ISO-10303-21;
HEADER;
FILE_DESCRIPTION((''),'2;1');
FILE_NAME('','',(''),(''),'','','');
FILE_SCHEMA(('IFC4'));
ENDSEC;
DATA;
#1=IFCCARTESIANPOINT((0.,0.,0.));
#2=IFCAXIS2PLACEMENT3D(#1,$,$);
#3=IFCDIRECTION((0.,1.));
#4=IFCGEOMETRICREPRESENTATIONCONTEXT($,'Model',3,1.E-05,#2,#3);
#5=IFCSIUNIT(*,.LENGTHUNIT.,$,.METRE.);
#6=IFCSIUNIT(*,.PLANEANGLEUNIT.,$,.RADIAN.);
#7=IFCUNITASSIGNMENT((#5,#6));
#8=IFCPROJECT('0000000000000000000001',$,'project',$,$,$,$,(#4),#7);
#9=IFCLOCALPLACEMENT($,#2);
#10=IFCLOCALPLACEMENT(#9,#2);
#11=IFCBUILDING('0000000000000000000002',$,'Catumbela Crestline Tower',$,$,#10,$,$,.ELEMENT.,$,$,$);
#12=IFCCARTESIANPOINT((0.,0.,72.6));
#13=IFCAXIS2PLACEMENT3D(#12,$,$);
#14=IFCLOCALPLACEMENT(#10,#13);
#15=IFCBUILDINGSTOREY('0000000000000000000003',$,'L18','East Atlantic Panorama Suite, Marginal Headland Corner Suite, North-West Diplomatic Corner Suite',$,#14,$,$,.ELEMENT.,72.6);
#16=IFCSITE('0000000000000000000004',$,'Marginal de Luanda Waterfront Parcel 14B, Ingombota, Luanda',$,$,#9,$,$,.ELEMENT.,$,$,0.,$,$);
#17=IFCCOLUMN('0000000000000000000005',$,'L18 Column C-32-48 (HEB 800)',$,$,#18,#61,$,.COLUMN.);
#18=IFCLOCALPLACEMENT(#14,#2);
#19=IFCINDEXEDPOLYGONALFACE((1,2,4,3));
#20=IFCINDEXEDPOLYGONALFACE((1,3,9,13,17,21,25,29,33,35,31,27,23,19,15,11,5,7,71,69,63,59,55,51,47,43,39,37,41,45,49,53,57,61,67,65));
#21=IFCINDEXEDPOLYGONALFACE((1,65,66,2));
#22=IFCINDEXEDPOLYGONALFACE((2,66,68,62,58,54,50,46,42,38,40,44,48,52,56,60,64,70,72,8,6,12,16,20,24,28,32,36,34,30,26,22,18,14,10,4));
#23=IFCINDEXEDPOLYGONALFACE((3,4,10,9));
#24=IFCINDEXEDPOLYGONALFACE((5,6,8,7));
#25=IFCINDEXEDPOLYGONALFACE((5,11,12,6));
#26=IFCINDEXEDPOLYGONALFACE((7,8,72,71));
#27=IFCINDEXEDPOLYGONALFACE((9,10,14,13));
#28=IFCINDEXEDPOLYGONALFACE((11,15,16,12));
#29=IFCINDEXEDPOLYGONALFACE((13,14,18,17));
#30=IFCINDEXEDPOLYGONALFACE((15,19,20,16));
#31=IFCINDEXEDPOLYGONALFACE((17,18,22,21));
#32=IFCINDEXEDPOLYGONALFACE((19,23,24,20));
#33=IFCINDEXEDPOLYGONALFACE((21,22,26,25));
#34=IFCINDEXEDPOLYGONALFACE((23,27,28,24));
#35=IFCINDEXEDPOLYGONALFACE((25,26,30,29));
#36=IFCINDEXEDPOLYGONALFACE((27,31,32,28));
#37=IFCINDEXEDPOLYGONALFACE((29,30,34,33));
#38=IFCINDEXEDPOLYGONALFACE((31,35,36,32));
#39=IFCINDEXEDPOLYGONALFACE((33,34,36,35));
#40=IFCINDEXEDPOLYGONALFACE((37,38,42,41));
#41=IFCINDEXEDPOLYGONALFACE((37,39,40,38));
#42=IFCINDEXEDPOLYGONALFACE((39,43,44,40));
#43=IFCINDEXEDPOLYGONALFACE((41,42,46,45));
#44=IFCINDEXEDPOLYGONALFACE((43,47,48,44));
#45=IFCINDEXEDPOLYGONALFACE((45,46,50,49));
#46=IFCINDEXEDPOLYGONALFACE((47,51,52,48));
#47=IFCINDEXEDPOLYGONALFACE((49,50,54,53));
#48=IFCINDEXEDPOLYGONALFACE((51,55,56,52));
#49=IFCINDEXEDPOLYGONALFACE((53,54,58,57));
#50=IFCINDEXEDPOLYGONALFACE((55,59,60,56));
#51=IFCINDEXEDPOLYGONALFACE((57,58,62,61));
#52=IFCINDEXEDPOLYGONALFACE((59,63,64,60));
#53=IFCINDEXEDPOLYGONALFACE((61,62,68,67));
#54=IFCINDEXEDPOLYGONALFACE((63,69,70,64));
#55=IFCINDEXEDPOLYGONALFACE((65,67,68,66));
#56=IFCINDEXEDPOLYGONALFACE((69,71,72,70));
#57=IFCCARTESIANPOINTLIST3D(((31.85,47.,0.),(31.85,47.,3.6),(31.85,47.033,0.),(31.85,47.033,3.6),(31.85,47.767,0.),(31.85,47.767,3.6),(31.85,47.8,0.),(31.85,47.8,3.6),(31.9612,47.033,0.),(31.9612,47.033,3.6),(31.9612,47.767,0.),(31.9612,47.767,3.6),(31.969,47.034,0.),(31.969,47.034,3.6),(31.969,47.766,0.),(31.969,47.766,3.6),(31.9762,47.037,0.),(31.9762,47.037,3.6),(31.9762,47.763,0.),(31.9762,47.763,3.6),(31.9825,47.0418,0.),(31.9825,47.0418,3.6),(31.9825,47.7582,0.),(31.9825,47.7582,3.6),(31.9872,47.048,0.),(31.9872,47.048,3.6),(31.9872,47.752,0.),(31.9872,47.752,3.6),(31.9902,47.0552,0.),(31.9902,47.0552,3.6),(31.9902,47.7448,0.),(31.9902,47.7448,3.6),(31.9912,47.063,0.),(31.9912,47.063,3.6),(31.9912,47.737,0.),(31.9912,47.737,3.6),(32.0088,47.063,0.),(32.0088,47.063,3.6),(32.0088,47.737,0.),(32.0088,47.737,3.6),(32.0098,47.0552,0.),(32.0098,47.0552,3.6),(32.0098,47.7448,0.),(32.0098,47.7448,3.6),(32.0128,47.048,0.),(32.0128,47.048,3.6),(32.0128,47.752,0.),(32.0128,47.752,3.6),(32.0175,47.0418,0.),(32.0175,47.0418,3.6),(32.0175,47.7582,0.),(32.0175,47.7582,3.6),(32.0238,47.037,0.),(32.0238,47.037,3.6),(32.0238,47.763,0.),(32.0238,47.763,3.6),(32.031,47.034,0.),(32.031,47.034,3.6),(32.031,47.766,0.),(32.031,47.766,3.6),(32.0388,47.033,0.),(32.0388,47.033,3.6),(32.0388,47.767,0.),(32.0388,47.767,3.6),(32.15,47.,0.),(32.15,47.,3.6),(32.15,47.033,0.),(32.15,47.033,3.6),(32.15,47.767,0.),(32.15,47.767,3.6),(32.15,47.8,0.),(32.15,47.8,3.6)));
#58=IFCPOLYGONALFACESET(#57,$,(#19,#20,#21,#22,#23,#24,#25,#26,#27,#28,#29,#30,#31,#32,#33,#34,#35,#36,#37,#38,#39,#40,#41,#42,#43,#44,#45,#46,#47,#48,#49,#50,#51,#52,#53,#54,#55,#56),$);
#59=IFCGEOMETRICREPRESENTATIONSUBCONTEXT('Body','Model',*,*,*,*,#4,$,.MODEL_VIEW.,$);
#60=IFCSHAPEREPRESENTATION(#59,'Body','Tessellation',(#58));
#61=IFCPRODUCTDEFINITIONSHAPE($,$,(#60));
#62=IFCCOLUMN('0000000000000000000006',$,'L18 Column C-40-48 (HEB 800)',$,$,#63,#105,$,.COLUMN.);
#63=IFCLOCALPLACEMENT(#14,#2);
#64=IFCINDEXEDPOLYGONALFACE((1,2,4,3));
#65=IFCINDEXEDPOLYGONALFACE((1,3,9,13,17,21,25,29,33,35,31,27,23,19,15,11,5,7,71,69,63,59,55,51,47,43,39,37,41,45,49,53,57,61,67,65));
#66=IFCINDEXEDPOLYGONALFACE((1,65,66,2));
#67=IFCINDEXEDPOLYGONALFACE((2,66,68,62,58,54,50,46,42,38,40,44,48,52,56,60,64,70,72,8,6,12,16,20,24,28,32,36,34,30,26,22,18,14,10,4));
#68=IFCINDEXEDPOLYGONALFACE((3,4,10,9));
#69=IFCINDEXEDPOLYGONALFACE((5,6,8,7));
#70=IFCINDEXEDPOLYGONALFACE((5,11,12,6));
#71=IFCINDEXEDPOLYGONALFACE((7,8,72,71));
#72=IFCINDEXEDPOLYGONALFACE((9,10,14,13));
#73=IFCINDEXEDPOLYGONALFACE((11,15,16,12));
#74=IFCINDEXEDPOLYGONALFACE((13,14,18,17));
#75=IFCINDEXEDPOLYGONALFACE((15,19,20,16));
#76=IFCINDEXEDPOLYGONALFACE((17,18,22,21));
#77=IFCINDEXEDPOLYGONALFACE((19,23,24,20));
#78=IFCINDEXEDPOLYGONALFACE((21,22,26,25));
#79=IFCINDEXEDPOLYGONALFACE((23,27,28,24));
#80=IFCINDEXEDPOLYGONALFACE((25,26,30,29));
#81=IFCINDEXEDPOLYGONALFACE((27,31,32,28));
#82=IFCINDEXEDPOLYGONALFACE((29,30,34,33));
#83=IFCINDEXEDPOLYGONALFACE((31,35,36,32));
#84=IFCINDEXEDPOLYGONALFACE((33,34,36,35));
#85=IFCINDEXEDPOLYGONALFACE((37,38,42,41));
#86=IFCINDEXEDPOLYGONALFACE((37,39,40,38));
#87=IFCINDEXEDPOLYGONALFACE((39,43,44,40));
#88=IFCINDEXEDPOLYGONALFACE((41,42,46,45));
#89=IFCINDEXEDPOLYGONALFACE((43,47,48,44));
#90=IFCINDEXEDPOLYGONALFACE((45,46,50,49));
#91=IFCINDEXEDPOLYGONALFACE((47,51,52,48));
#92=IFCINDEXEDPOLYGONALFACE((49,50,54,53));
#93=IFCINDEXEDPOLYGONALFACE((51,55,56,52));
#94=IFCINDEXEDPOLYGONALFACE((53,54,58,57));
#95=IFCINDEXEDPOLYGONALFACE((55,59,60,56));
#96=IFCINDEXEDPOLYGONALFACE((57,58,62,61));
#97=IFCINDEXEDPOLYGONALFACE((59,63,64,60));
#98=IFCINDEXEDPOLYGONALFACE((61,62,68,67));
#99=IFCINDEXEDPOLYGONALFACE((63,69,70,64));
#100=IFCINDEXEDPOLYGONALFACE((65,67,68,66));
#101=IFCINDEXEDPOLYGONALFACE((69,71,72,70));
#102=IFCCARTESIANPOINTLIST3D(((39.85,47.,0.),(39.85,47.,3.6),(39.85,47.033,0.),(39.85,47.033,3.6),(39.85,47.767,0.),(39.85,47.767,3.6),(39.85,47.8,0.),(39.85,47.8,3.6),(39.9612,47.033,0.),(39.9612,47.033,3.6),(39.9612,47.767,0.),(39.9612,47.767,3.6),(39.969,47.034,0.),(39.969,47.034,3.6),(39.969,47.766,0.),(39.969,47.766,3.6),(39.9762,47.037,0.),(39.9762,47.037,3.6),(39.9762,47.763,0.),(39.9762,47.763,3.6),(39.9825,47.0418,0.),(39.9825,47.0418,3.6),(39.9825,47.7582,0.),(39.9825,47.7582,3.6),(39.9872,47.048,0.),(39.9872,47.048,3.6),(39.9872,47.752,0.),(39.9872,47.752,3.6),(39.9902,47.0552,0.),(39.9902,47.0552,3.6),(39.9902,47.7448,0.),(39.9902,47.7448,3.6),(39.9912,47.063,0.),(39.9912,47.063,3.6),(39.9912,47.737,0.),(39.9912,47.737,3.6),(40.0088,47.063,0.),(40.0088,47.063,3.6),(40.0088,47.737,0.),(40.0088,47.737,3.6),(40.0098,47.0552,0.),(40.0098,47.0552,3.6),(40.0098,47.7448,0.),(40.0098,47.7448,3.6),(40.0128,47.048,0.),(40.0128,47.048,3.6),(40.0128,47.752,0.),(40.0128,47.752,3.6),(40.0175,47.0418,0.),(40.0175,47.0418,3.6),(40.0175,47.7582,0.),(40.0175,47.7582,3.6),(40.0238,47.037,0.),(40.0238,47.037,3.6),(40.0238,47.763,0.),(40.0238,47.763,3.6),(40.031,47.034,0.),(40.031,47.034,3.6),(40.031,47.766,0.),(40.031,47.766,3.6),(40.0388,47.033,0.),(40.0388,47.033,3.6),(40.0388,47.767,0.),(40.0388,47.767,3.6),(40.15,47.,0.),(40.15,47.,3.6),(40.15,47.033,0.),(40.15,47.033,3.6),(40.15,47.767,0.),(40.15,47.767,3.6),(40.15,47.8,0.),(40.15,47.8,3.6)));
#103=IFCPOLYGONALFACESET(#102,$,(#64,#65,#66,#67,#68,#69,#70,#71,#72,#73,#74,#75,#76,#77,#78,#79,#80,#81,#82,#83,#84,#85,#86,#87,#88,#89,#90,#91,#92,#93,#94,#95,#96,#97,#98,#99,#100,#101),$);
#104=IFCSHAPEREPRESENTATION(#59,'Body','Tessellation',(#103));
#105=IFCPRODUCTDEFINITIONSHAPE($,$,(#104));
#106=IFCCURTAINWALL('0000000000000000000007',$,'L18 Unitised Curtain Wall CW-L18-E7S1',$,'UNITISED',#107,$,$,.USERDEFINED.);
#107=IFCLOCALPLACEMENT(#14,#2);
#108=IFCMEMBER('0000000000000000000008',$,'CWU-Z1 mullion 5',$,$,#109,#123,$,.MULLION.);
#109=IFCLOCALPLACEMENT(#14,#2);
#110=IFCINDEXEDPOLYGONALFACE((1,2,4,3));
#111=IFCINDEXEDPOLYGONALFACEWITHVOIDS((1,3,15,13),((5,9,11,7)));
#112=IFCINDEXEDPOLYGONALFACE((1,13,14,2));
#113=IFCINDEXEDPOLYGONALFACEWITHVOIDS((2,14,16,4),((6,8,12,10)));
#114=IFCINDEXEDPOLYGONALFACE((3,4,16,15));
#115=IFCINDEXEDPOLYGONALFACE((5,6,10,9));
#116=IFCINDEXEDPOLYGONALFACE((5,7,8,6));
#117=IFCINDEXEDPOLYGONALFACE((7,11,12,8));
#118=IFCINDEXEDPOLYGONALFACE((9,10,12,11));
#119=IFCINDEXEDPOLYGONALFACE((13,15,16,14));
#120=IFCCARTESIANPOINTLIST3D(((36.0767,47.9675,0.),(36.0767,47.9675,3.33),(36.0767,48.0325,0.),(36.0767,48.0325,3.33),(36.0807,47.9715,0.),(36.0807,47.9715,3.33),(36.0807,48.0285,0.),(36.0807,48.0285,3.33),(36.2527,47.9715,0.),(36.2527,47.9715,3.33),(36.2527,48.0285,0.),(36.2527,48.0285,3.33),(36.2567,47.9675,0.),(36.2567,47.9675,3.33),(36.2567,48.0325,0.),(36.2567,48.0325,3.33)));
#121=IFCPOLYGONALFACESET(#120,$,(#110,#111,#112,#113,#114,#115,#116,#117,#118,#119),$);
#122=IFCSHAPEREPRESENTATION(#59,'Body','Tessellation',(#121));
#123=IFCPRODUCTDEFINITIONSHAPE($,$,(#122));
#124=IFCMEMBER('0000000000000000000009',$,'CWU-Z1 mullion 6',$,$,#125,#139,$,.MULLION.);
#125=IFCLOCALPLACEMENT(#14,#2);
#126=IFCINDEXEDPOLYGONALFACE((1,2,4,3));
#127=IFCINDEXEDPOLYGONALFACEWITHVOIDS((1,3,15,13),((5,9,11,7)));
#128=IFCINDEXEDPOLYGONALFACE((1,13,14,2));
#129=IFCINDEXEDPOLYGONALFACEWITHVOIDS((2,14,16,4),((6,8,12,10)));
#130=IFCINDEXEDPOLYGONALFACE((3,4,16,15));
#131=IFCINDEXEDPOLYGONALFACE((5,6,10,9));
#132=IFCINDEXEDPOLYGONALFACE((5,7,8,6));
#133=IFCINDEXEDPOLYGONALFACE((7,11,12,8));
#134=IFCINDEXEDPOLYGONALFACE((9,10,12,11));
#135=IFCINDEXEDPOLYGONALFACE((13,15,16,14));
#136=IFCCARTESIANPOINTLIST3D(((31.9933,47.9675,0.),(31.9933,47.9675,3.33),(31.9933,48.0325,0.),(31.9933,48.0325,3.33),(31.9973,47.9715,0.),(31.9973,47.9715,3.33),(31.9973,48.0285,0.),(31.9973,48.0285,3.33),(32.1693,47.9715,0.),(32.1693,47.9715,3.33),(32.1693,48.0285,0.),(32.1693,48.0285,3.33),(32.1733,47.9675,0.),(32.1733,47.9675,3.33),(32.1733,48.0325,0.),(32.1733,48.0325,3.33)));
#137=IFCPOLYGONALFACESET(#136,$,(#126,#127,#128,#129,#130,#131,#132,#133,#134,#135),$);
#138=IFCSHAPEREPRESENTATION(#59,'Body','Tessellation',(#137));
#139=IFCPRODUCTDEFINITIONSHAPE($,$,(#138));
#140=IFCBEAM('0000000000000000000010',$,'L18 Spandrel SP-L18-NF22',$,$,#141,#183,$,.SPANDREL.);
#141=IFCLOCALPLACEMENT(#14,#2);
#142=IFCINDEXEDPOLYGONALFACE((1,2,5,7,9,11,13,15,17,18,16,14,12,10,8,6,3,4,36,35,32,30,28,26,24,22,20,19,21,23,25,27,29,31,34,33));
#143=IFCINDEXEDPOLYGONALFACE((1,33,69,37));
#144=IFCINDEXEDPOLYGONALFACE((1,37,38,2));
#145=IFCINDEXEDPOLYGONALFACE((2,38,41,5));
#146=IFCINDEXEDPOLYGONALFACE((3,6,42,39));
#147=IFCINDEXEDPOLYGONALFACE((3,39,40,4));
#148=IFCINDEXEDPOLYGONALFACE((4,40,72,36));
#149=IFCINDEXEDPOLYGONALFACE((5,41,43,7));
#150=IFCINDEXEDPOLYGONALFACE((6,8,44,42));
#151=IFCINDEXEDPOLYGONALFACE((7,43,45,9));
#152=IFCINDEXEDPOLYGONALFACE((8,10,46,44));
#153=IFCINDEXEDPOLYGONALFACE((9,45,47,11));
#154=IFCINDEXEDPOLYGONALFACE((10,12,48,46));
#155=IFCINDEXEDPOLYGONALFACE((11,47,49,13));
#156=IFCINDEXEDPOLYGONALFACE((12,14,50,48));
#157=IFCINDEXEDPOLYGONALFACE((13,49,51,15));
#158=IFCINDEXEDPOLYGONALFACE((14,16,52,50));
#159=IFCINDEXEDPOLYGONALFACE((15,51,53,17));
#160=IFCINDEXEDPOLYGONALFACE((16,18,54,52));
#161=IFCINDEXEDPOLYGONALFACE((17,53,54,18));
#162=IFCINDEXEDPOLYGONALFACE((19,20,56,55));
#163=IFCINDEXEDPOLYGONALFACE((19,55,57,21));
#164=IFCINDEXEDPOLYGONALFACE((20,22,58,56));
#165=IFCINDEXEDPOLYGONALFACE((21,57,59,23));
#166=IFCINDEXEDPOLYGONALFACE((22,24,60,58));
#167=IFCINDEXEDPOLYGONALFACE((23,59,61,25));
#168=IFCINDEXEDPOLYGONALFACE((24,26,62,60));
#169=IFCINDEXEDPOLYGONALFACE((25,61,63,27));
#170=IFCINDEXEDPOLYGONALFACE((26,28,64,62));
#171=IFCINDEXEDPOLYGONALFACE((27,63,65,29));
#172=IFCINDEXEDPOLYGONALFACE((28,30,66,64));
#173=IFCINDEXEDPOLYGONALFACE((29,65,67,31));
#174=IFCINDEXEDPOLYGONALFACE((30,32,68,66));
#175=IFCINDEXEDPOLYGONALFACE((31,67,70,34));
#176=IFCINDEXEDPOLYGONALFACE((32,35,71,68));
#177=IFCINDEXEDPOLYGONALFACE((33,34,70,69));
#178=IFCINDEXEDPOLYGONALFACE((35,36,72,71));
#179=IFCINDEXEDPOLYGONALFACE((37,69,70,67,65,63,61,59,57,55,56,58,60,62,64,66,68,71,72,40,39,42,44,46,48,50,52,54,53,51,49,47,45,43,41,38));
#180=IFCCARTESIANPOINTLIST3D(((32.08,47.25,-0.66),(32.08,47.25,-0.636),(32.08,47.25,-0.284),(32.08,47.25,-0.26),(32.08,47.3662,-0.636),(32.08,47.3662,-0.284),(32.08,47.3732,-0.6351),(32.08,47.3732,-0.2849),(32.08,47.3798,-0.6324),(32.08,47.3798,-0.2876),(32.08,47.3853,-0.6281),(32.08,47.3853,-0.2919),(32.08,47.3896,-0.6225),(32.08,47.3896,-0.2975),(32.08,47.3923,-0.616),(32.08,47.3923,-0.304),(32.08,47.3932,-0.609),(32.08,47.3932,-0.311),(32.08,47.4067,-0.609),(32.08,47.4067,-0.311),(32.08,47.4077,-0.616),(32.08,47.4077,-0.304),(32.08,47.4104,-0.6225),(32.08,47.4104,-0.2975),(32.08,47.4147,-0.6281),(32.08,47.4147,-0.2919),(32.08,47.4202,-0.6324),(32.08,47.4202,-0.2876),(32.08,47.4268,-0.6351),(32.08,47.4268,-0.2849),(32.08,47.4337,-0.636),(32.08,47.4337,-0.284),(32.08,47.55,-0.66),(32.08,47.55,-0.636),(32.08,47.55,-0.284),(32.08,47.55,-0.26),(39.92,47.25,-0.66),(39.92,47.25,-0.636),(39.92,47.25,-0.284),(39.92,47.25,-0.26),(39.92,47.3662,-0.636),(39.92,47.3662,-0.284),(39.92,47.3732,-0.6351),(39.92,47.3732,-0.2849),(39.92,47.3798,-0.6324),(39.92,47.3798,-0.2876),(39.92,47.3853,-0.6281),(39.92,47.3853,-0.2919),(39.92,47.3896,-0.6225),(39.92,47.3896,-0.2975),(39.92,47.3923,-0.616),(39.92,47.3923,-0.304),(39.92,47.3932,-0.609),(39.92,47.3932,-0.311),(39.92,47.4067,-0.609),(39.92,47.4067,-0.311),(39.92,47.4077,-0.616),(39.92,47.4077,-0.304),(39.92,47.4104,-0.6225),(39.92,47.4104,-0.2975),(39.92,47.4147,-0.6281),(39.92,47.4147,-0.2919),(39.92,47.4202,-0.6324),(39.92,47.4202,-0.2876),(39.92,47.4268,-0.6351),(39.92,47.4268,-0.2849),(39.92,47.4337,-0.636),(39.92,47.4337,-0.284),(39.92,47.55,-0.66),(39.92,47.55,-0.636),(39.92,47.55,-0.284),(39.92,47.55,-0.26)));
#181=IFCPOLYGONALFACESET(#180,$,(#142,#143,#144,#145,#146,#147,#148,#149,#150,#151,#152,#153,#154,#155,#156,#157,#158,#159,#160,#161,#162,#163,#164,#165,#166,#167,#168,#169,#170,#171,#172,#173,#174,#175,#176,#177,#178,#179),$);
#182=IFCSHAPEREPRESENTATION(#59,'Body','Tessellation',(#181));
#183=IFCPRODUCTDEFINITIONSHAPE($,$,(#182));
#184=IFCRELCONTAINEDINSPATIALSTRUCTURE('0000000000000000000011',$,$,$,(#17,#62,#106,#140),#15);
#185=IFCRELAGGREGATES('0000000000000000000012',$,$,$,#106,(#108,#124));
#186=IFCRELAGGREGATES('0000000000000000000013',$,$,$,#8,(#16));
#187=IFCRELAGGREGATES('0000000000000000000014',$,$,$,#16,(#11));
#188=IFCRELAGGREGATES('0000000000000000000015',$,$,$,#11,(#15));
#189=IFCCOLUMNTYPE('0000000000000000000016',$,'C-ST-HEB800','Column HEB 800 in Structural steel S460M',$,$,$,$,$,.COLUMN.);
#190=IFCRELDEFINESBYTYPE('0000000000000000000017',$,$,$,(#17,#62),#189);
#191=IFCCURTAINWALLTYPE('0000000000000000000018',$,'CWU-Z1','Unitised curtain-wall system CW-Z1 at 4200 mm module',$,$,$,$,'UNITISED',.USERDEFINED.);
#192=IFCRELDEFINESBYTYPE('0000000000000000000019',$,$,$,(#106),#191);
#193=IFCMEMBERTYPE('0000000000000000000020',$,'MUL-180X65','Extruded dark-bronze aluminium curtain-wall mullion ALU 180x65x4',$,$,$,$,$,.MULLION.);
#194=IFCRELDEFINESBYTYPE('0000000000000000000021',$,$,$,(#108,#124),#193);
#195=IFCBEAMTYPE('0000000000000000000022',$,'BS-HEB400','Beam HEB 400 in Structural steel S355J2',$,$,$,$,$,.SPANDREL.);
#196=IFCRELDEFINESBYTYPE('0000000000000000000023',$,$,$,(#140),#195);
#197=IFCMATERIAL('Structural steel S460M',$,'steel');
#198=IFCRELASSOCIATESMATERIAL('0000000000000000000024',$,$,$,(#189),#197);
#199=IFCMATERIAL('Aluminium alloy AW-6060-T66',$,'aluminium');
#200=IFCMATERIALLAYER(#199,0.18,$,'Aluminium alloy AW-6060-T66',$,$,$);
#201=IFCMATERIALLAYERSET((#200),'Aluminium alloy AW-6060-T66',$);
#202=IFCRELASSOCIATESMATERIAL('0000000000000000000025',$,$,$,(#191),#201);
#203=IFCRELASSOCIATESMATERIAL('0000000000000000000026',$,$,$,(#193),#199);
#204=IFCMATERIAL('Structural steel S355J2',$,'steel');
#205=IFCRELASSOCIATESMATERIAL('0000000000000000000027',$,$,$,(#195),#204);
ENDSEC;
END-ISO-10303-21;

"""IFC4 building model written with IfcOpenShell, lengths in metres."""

from ifc_helpers import new_model, si_unit, direction, frame, origin, origin_2d, place, context, subcontext, project, spatial, hollow_rectangle, i_section, extrude, material, layer, layer_set, material_profile, profile_set, type_object, element, aggregate, save


model = new_model("IFC4")

# Units and contexts
model_context = context("Model", 3, precision=1e-05, world=origin(), true_north=direction((0.0, 1.0)))
body_context = subcontext(model_context, "Body", "Model", "MODEL_VIEW")
ifc_project = project(units=[si_unit("LENGTHUNIT", "METRE"), si_unit("PLANEANGLEUNIT", "RADIAN")], contexts=[model_context])

# Site, building, storey
site_placement = place(None, origin())
site = spatial("IfcSite", under=ifc_project, at=site_placement, Name="Marginal de Luanda Waterfront Parcel 14B, Ingombota, Luanda", CompositionType="ELEMENT", RefElevation=0.0)
building_placement = place(site_placement, origin())
building = spatial("IfcBuilding", under=site, at=building_placement, Name="Catumbela Crestline Tower", CompositionType="ELEMENT")
storey_placement = place(building_placement, frame((0.0, 0.0, 72.6)))
storey = spatial("IfcBuildingStorey", under=building, at=storey_placement, Name="L18", Description="East Atlantic Panorama Suite, Marginal Headland Corner Suite, North-West Diplomatic Corner Suite", CompositionType="ELEMENT", Elevation=72.6)

# Columns
ifc_material_1 = material(Name="Structural steel S460M", Category="steel")
ifc_material_profile_1 = material_profile(ifc_material_1, i_section(OverallWidth=0.3, OverallDepth=0.8, WebThickness=0.0175, FlangeThickness=0.033, FilletRadius=0.03, at=origin_2d()), Name="HEB 800")
ifc_profile_set_1 = profile_set([ifc_material_profile_1], Name="Structural steel S460M")
column_type = type_object("IfcColumnType", Name="C-ST-HEB800", Description="Column HEB 800 in Structural steel S460M", PredefinedType="COLUMN", material=ifc_profile_set_1)
for number, where, z_axis, x_axis, name in (
    (1, (32.0, 47.4, 0.0), (0.0, 0.0, 1.0), (1.0, 0.0, 0.0), "L18 Column C-32-48 (HEB 800)"),
    (2, (40.0, 47.4, 0.0), (0.0, 0.0, 1.0), (1.0, 0.0, 0.0), "L18 Column C-40-48 (HEB 800)"),
):
    element("IfcColumn", number, at=place(storey_placement, frame(where, z_axis=z_axis, x_axis=x_axis)), inside=storey, type_object=column_type, Name=name, PredefinedType="COLUMN", context=body_context, shape_type="SweptSolid", body=[
        extrude(i_section(OverallWidth=0.3, OverallDepth=0.8, WebThickness=0.0175, FlangeThickness=0.033, FilletRadius=0.03, at=origin_2d()), origin(), (0.0, 0.0, 1.0), 3.6),
    ])

# Curtain wall, members
ifc_material_2 = material(Name="Aluminium alloy AW-6060-T66", Category="aluminium")
ifc_layer_1 = layer(ifc_material_2, 0.18, Name="Aluminium alloy AW-6060-T66")
ifc_layer_set_1 = layer_set([ifc_layer_1], Name="Aluminium alloy AW-6060-T66")
curtain_wall_type = type_object("IfcCurtainWallType", Name="CWU-Z1", Description="Unitised curtain-wall system CW-Z1 at 4200 mm module", ElementType="UNITISED", PredefinedType="USERDEFINED", material=ifc_layer_set_1)
curtain_wall_placement = place(storey_placement, origin())
curtain_wall = element("IfcCurtainWall", 3, at=curtain_wall_placement, inside=storey, type_object=curtain_wall_type, Name="L18 Unitised Curtain Wall CW-L18-E7S1", ObjectType="UNITISED", PredefinedType="USERDEFINED")
ifc_material_profile_2 = material_profile(ifc_material_2, hollow_rectangle(XDim=0.065, YDim=0.18, WallThickness=0.004, at=origin_2d()), Name="ALU 180x65x4")
ifc_profile_set_2 = profile_set([ifc_material_profile_2], Name="Aluminium alloy AW-6060-T66")
member_type_1 = type_object("IfcMemberType", Name="MUL-180X65", Description="Extruded dark-bronze aluminium curtain-wall mullion ALU 180x65x4", PredefinedType="MULLION", material=ifc_profile_set_2)
member_1_placement = place(storey_placement, frame((36.1667, 48.0, 0.0), z_axis=(0.0, 0.0, 1.0), x_axis=(0.0, -1.0, 0.0)))
member_1 = element("IfcMember", 4, at=member_1_placement, type_object=member_type_1, Name="CWU-Z1 mullion 5", PredefinedType="MULLION", context=body_context, shape_type="SweptSolid", body=[
    extrude(hollow_rectangle(XDim=0.065, YDim=0.18, WallThickness=0.004, at=origin_2d()), origin(), (0.0, 0.0, 1.0), 3.33),
])
member_2_placement = place(storey_placement, frame((32.0833, 48.0, 0.0), z_axis=(0.0, 0.0, 1.0), x_axis=(0.0, -1.0, 0.0)))
member_2 = element("IfcMember", 5, at=member_2_placement, type_object=member_type_1, Name="CWU-Z1 mullion 6", PredefinedType="MULLION", context=body_context, shape_type="SweptSolid", body=[
    extrude(hollow_rectangle(XDim=0.065, YDim=0.18, WallThickness=0.004, at=origin_2d()), origin(), (0.0, 0.0, 1.0), 3.33),
])

# Beam
ifc_material_3 = material(Name="Structural steel S355J2", Category="steel")
ifc_material_profile_3 = material_profile(ifc_material_3, i_section(OverallWidth=0.3, OverallDepth=0.4, WebThickness=0.0135, FlangeThickness=0.024, FilletRadius=0.027, at=origin_2d()), Name="HEB 400")
ifc_profile_set_3 = profile_set([ifc_material_profile_3], Name="Structural steel S355J2")
beam_type = type_object("IfcBeamType", Name="BS-HEB400", Description="Beam HEB 400 in Structural steel S355J2", PredefinedType="SPANDREL", material=ifc_profile_set_3)
beam_placement = place(storey_placement, frame((32.08, 47.4, -0.46), z_axis=(1.0, 0.0, 0.0), x_axis=(0.0, 1.0, 0.0)))
element("IfcBeam", 6, at=beam_placement, inside=storey, type_object=beam_type, Name="L18 Spandrel SP-L18-NF22", PredefinedType="SPANDREL", context=body_context, shape_type="SweptSolid", body=[
    extrude(i_section(OverallWidth=0.3, OverallDepth=0.4, WebThickness=0.0135, FlangeThickness=0.024, FilletRadius=0.027, at=origin_2d()), origin(), (0.0, 0.0, 1.0), 7.84),
])

aggregate(curtain_wall, [member_1, member_2])

save(model, "model.ifc")
